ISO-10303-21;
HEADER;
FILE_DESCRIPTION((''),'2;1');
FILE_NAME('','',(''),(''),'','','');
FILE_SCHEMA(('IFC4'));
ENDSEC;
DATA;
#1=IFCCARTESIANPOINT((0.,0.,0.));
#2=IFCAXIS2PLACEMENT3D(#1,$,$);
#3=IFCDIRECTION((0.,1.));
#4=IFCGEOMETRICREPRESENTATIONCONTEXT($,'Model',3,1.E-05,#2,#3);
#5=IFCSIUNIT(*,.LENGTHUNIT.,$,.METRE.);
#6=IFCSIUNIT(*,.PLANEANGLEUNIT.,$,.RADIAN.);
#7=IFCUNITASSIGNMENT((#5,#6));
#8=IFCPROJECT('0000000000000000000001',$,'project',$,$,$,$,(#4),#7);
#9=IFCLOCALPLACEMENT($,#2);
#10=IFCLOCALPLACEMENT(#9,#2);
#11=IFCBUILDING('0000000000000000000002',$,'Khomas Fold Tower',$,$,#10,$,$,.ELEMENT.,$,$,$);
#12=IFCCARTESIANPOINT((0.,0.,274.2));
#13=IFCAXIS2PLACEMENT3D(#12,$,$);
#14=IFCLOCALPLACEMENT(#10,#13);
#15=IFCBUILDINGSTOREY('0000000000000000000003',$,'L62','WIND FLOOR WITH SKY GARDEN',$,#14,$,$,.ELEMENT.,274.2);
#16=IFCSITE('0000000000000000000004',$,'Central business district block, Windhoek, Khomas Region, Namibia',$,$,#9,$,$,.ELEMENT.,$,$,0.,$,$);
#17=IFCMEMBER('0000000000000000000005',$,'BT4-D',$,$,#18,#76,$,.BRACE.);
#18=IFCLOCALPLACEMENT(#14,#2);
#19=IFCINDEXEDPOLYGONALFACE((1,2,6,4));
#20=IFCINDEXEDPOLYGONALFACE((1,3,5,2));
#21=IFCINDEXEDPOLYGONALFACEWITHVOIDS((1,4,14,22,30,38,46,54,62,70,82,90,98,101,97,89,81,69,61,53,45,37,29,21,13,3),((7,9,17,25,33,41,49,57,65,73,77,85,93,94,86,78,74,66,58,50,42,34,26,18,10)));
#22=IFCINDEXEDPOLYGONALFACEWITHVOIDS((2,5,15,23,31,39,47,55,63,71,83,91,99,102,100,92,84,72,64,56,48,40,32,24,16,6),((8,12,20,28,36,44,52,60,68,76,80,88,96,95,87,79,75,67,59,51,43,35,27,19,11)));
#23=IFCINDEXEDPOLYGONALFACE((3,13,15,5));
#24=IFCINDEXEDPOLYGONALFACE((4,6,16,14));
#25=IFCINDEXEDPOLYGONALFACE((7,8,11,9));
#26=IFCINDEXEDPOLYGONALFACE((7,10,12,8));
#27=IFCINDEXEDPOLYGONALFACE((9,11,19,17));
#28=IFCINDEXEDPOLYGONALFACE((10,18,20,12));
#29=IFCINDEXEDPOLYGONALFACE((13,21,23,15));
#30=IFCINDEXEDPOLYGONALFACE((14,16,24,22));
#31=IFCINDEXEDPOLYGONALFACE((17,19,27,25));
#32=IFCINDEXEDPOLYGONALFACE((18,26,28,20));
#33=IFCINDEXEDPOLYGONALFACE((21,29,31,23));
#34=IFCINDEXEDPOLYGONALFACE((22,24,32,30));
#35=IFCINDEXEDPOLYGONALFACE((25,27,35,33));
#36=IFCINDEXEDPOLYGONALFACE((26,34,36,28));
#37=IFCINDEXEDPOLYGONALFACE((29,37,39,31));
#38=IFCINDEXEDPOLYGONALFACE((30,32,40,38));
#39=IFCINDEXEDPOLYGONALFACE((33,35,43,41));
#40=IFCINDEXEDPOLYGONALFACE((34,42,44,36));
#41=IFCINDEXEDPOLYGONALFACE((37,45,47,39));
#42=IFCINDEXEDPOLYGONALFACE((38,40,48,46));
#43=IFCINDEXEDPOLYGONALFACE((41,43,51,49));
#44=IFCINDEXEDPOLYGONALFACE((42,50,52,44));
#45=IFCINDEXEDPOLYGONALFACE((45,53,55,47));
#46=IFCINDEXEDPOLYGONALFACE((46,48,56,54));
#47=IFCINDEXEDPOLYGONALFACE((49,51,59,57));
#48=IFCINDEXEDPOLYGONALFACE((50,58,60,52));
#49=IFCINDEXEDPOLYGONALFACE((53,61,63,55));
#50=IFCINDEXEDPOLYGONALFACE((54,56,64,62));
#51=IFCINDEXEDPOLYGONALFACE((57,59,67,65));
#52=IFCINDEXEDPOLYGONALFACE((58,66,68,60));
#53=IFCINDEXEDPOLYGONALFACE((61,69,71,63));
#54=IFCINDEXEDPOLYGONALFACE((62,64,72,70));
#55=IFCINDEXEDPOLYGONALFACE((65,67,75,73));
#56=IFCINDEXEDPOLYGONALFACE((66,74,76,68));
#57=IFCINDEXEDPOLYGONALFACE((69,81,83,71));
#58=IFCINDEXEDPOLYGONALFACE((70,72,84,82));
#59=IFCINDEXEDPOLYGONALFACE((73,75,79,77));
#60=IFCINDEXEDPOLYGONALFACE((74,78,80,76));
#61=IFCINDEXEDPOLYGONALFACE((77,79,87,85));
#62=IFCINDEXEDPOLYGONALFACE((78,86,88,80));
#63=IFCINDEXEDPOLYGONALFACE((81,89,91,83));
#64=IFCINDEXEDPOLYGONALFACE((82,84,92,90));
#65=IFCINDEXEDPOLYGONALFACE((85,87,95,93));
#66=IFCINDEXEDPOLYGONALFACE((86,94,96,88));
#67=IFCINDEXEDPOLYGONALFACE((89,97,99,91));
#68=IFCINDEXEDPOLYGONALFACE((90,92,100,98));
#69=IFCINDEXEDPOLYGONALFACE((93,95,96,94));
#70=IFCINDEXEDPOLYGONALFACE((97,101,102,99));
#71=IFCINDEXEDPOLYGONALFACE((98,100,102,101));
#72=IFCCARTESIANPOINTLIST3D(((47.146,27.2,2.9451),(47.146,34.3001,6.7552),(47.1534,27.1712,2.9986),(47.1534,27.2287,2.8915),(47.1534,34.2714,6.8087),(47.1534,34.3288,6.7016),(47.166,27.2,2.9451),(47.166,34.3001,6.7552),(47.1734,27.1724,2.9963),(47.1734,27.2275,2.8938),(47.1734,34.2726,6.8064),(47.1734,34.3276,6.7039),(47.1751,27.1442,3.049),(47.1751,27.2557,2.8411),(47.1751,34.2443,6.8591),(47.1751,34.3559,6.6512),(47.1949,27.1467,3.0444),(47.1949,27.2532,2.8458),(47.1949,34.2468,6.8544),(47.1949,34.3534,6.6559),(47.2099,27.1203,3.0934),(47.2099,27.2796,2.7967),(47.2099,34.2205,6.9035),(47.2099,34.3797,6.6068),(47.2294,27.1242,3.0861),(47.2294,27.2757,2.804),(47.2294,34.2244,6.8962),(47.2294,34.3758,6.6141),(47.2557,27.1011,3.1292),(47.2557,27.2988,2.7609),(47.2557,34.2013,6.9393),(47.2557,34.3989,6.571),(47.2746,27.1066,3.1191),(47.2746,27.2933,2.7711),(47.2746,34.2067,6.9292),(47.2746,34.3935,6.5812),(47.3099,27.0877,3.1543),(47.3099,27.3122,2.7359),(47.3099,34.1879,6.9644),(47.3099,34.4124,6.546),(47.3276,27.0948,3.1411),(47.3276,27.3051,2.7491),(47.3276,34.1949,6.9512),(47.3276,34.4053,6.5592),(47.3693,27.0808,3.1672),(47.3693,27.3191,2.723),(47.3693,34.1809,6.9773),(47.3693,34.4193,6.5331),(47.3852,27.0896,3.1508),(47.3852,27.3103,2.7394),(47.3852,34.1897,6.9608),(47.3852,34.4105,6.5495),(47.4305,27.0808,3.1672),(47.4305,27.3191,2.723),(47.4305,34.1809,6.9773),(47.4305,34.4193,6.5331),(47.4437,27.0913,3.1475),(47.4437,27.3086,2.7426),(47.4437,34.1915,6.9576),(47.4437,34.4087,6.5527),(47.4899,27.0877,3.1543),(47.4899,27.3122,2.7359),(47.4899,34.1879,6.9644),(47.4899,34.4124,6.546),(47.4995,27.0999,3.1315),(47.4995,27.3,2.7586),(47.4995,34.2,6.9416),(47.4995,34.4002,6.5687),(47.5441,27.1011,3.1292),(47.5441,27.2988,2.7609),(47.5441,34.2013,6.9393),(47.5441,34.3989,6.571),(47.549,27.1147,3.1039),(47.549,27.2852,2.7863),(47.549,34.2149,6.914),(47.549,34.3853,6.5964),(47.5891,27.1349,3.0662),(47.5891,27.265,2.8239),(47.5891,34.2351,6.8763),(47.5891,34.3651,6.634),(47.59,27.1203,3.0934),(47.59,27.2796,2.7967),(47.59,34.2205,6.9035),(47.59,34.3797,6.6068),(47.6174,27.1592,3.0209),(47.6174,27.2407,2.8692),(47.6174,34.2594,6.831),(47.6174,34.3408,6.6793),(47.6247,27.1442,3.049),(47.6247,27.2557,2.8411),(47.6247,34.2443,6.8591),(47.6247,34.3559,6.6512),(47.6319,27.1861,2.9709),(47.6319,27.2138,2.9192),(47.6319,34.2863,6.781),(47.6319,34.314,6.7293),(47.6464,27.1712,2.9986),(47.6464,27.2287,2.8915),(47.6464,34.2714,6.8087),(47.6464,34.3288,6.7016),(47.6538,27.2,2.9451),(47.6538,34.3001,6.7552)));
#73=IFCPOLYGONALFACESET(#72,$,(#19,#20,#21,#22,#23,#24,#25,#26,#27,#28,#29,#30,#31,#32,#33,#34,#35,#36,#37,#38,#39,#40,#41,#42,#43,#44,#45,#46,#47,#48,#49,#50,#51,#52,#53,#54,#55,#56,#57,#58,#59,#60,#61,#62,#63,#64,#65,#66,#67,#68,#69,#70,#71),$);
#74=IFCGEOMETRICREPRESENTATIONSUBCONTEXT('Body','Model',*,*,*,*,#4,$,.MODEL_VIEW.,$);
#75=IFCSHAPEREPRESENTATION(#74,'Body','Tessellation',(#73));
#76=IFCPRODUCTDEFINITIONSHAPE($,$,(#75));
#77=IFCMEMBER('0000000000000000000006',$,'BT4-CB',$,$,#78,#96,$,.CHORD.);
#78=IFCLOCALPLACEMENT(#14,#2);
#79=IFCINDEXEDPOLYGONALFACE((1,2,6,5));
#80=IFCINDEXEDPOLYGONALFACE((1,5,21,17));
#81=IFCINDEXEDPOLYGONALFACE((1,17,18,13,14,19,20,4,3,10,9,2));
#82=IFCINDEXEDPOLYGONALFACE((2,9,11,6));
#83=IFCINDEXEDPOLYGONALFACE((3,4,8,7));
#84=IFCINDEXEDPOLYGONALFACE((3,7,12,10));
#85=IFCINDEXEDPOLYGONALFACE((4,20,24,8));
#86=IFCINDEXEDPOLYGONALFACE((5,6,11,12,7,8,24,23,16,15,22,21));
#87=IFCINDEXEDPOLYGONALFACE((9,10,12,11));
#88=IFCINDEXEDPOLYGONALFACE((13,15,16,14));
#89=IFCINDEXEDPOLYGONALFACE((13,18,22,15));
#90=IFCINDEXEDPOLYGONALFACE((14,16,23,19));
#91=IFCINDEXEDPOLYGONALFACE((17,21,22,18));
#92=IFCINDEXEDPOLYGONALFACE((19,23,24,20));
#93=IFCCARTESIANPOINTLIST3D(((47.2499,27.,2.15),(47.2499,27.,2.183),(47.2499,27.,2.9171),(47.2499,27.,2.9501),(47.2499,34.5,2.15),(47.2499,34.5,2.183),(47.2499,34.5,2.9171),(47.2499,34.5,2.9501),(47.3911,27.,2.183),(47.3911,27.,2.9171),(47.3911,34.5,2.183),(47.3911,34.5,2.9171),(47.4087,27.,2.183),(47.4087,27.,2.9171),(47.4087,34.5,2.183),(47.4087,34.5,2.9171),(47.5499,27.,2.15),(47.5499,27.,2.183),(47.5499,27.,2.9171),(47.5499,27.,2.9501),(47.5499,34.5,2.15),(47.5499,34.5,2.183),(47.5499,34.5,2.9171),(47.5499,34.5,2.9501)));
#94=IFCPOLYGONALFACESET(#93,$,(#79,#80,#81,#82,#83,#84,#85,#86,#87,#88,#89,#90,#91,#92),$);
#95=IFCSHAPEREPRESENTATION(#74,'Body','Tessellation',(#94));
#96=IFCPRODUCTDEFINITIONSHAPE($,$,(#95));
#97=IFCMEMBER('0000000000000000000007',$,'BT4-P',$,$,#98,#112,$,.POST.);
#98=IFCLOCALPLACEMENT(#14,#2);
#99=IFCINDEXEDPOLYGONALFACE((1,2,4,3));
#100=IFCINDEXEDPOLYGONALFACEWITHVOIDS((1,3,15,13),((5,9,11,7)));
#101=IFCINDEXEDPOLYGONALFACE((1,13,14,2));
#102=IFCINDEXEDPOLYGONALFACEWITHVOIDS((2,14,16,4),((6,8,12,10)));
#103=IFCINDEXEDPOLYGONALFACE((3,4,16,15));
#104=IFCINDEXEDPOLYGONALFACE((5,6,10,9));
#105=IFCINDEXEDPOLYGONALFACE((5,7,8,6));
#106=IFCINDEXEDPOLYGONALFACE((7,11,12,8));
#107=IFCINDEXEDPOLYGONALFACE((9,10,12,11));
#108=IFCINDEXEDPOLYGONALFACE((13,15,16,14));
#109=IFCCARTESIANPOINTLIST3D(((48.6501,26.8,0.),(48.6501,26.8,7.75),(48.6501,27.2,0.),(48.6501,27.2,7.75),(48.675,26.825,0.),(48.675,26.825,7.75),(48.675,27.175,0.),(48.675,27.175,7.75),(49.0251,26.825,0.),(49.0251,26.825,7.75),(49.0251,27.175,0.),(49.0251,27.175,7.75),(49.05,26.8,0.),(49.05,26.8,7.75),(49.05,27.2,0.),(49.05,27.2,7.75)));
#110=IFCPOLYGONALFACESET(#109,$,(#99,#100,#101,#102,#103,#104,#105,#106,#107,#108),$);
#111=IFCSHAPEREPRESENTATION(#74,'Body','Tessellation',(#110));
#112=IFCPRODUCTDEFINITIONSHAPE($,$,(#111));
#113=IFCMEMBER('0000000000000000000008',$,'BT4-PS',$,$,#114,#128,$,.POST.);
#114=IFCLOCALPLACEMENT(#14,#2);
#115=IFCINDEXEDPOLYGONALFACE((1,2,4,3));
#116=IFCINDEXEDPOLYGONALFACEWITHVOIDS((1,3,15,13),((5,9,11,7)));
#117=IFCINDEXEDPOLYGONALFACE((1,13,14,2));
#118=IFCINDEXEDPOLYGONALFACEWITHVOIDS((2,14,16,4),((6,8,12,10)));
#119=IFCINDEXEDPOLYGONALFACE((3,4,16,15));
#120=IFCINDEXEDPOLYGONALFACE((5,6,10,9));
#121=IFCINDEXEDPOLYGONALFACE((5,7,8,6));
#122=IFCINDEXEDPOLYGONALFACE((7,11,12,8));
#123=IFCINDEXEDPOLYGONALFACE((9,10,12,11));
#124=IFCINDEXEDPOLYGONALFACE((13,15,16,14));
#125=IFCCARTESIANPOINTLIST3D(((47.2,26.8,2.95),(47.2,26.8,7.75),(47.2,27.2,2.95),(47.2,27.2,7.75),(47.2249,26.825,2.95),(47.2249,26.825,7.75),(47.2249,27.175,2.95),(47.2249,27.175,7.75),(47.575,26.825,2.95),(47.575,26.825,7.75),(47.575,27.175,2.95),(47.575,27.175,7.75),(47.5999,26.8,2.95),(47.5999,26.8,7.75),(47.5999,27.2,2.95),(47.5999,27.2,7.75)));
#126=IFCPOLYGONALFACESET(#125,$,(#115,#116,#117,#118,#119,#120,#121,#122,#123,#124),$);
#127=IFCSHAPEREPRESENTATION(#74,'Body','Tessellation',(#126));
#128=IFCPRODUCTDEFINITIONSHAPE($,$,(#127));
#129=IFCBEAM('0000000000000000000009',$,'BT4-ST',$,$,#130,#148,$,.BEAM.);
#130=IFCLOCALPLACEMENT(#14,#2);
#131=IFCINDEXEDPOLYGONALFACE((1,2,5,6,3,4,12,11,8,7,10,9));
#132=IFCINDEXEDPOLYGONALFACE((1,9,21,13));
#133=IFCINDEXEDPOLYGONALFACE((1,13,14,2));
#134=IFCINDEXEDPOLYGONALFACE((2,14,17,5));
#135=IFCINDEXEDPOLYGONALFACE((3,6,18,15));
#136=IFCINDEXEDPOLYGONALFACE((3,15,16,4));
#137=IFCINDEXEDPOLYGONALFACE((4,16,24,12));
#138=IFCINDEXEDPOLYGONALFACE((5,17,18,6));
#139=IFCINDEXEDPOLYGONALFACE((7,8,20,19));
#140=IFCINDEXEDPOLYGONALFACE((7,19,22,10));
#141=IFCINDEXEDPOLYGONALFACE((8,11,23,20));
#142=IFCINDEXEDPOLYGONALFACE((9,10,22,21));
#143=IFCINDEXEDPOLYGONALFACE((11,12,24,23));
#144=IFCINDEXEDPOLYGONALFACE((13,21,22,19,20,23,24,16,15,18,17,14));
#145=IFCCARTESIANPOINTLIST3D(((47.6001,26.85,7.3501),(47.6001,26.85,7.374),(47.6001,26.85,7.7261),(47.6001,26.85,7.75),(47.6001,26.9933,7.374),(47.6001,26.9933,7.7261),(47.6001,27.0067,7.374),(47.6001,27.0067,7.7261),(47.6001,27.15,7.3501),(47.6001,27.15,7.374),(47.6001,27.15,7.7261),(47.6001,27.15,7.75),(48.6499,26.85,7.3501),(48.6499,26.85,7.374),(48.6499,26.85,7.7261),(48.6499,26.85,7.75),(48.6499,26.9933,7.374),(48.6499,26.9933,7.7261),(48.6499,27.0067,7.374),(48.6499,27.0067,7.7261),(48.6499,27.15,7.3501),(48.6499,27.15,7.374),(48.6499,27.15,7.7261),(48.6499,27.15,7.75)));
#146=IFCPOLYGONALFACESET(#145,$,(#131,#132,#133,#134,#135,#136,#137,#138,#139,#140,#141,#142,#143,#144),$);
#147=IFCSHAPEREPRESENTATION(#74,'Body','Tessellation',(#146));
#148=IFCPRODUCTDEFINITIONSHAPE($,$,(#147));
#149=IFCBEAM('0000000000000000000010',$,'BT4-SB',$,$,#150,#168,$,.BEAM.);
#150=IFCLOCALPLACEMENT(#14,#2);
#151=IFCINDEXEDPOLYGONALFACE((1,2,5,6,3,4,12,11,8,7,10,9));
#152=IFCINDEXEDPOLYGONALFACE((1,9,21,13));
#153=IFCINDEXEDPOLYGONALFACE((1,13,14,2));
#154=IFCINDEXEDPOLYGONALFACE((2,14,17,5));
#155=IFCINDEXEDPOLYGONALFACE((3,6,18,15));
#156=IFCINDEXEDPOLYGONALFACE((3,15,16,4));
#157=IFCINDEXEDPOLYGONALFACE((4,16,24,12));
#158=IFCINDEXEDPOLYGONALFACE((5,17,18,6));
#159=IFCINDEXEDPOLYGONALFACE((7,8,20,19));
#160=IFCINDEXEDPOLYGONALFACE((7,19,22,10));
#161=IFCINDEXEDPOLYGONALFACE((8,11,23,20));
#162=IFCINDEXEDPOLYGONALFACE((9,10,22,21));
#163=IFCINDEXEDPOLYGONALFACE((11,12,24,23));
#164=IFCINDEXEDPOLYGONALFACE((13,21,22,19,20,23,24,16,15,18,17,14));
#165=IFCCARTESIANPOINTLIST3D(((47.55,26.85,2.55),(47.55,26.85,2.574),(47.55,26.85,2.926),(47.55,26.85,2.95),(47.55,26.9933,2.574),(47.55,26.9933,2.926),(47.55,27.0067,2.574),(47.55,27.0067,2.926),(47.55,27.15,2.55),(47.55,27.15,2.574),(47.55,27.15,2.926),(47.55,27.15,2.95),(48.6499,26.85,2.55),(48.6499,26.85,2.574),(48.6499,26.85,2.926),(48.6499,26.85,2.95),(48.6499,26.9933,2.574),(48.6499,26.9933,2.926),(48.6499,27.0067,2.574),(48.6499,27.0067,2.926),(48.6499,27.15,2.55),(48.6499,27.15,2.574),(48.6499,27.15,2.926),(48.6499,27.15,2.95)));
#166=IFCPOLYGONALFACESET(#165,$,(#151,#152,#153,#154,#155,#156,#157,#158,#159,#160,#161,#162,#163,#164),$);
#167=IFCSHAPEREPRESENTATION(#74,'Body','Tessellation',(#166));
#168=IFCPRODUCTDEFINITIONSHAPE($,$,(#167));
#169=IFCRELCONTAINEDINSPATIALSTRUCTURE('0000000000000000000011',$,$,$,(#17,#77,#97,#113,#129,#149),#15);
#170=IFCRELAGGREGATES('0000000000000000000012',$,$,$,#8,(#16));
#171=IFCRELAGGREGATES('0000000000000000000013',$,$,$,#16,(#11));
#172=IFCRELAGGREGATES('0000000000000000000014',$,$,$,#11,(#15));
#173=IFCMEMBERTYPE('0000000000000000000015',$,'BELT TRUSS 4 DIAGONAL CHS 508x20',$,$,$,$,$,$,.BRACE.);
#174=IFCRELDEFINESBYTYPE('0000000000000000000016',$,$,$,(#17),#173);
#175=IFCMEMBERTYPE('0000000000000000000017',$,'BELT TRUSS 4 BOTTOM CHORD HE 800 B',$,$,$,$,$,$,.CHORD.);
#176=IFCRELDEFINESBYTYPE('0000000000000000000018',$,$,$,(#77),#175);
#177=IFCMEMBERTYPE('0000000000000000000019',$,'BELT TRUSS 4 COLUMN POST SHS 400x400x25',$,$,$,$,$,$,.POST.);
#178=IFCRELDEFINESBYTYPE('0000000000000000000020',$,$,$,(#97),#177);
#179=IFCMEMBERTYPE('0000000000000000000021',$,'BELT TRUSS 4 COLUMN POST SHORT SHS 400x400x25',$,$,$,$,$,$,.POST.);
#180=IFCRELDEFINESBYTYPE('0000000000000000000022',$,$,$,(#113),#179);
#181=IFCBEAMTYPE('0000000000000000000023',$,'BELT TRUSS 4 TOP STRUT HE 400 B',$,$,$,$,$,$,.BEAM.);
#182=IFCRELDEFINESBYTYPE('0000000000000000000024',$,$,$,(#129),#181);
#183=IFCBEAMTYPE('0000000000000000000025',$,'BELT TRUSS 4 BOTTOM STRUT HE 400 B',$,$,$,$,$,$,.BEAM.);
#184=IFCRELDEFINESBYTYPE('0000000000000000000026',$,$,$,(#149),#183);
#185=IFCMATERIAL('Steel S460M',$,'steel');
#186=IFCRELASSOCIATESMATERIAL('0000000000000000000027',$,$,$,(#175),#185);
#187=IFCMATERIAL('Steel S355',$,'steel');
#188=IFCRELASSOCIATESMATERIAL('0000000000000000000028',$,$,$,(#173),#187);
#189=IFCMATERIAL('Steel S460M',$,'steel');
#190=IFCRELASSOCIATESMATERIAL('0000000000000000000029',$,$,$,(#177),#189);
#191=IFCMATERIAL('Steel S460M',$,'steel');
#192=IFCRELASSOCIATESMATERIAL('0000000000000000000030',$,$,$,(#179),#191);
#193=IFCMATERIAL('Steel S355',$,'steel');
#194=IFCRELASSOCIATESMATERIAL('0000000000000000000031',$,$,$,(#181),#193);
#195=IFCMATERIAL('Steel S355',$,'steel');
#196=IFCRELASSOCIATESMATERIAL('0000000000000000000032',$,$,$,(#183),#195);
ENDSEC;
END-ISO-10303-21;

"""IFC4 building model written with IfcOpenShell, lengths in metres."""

from ifc_helpers import new_model, si_unit, direction, frame, origin, origin_2d, place, context, subcontext, project, spatial, hollow_rectangle, hollow_circle, i_section, extrude, source, transform, mapped, material, material_profile, profile_set, type_object, element, save


model = new_model("IFC4")

# Units and contexts
model_context = context("Model", 3, precision=1e-05, world=origin(), true_north=direction((0.0, 1.0)))
body_context = subcontext(model_context, "Body", "Model", "MODEL_VIEW")
ifc_project = project(units=[si_unit("LENGTHUNIT", "METRE"), si_unit("PLANEANGLEUNIT", "RADIAN")], contexts=[model_context])

# Site, building, storey
site_placement = place(None, origin())
site = spatial("IfcSite", under=ifc_project, at=site_placement, Name="Central business district block, Windhoek, Khomas Region, Namibia", CompositionType="ELEMENT", RefElevation=0.0)
building_placement = place(site_placement, origin())
building = spatial("IfcBuilding", under=site, at=building_placement, Name="Khomas Fold Tower", CompositionType="ELEMENT")
storey_placement = place(building_placement, frame((0.0, 0.0, 274.2)))
storey = spatial("IfcBuildingStorey", under=building, at=storey_placement, Name="L62", Description="WIND FLOOR WITH SKY GARDEN", CompositionType="ELEMENT", Elevation=274.2)

# Members
ifc_material_1 = material(Name="Steel S460M", Category="steel")
ifc_material_profile_1 = material_profile(ifc_material_1, i_section(OverallWidth=0.3, OverallDepth=0.8, WebThickness=0.0176, FlangeThickness=0.033, at=origin_2d()), Name="HE 800 B")
ifc_profile_set_1 = profile_set([ifc_material_profile_1], Name="Steel S460M")
member_type_1 = type_object("IfcMemberType", Name="BELT TRUSS 4 BOTTOM CHORD HE 800 B", PredefinedType="CHORD", material=ifc_profile_set_1)
ifc_material_2 = material(Name="Steel S355", Category="steel")
ifc_material_profile_2 = material_profile(ifc_material_2, hollow_circle(Radius=0.2539, WallThickness=0.02, at=origin_2d()), Name="CHS 508x20")
ifc_profile_set_2 = profile_set([ifc_material_profile_2], Name="Steel S355")
member_type_2 = type_object("IfcMemberType", Name="BELT TRUSS 4 DIAGONAL CHS 508x20", PredefinedType="BRACE", material=ifc_profile_set_2)
shared_shape_1 = source(origin(), body_context, "Body", "SweptSolid", [
    extrude(hollow_circle(Radius=0.2539, WallThickness=0.02, at=origin_2d()), origin(), (0.0, 0.0, 1.0), 8.0579),
])
for number, where, z_axis, x_axis, name in (
    (1, (47.3999, 27.2, 2.9451), (0.0, 0.881147, 0.472842), (-1.0, 0.0, 0.0), "BT4-D"),
):
    element("IfcMember", number, at=place(storey_placement, frame(where, z_axis=z_axis, x_axis=x_axis)), inside=storey, type_object=member_type_2, Name=name, PredefinedType="BRACE", context=body_context, shape_type="MappedRepresentation", body=[
        mapped(shared_shape_1, transform((0.0, 0.0, 0.0))),
    ])
shared_shape_2 = source(origin(), body_context, "Body", "SweptSolid", [
    extrude(i_section(OverallWidth=0.3, OverallDepth=0.8, WebThickness=0.0176, FlangeThickness=0.033, at=origin_2d()), origin(), (0.0, 0.0, 1.0), 7.5),
])
member_1_placement = place(storey_placement, frame((47.3999, 27.0, 2.55), z_axis=(0.0, 1.0, 0.0), x_axis=(-1.0, 0.0, 0.0)))
element("IfcMember", 2, at=member_1_placement, inside=storey, type_object=member_type_1, Name="BT4-CB", PredefinedType="CHORD", context=body_context, shape_type="MappedRepresentation", body=[
    mapped(shared_shape_2, transform((0.0, 0.0, 0.0))),
])
ifc_material_3 = material(Name="Steel S460M", Category="steel")
ifc_material_profile_3 = material_profile(ifc_material_3, hollow_rectangle(XDim=0.3999, YDim=0.3999, WallThickness=0.0249, at=origin_2d()), Name="SHS 400x400x25")
ifc_profile_set_3 = profile_set([ifc_material_profile_3], Name="Steel S460M")
member_type_3 = type_object("IfcMemberType", Name="BELT TRUSS 4 COLUMN POST SHS 400x400x25", PredefinedType="POST", material=ifc_profile_set_3)
shared_shape_3 = source(origin(), body_context, "Body", "SweptSolid", [
    extrude(hollow_rectangle(XDim=0.3999, YDim=0.3999, WallThickness=0.0249, at=origin_2d()), origin(), (0.0, 0.0, 1.0), 7.75),
])
member_2_placement = place(storey_placement, frame((48.8501, 27.0, 0.0), z_axis=(0.0, 0.0, 1.0), x_axis=(1.0, 0.0, 0.0)))
element("IfcMember", 3, at=member_2_placement, inside=storey, type_object=member_type_3, Name="BT4-P", PredefinedType="POST", context=body_context, shape_type="MappedRepresentation", body=[
    mapped(shared_shape_3, transform((0.0, 0.0, 0.0))),
])
ifc_material_4 = material(Name="Steel S460M", Category="steel")
ifc_material_profile_4 = material_profile(ifc_material_4, hollow_rectangle(XDim=0.3999, YDim=0.3999, WallThickness=0.0249, at=origin_2d()), Name="SHS 400x400x25")
ifc_profile_set_4 = profile_set([ifc_material_profile_4], Name="Steel S460M")
member_type_4 = type_object("IfcMemberType", Name="BELT TRUSS 4 COLUMN POST SHORT SHS 400x400x25", PredefinedType="POST", material=ifc_profile_set_4)
shared_shape_4 = source(origin(), body_context, "Body", "SweptSolid", [
    extrude(hollow_rectangle(XDim=0.3999, YDim=0.3999, WallThickness=0.0249, at=origin_2d()), origin(), (0.0, 0.0, 1.0), 4.8),
])
member_3_placement = place(storey_placement, frame((47.3999, 27.0, 2.95), z_axis=(0.0, 0.0, 1.0), x_axis=(1.0, 0.0, 0.0)))
element("IfcMember", 4, at=member_3_placement, inside=storey, type_object=member_type_4, Name="BT4-PS", PredefinedType="POST", context=body_context, shape_type="MappedRepresentation", body=[
    mapped(shared_shape_4, transform((0.0, 0.0, 0.0))),
])

# Beams
ifc_material_5 = material(Name="Steel S355", Category="steel")
ifc_material_profile_5 = material_profile(ifc_material_5, i_section(OverallWidth=0.3, OverallDepth=0.3999, WebThickness=0.0134, FlangeThickness=0.0239, at=origin_2d()), Name="HE 400 B")
ifc_profile_set_5 = profile_set([ifc_material_profile_5], Name="Steel S355")
beam_type_1 = type_object("IfcBeamType", Name="BELT TRUSS 4 TOP STRUT HE 400 B", PredefinedType="BEAM", material=ifc_profile_set_5)
shared_shape_5 = source(origin(), body_context, "Body", "SweptSolid", [
    extrude(i_section(OverallWidth=0.3, OverallDepth=0.3999, WebThickness=0.0134, FlangeThickness=0.0239, at=origin_2d()), origin(), (0.0, 0.0, 1.0), 1.0498),
])
beam_1_placement = place(storey_placement, frame((47.6001, 27.0, 7.55), z_axis=(1.0, 0.0, 0.0), x_axis=(0.0, 1.0, 0.0)))
element("IfcBeam", 5, at=beam_1_placement, inside=storey, type_object=beam_type_1, Name="BT4-ST", PredefinedType="BEAM", context=body_context, shape_type="MappedRepresentation", body=[
    mapped(shared_shape_5, transform((0.0, 0.0, 0.0))),
])
ifc_material_6 = material(Name="Steel S355", Category="steel")
ifc_material_profile_6 = material_profile(ifc_material_6, i_section(OverallWidth=0.3, OverallDepth=0.3999, WebThickness=0.0134, FlangeThickness=0.0239, at=origin_2d()), Name="HE 400 B")
ifc_profile_set_6 = profile_set([ifc_material_profile_6], Name="Steel S355")
beam_type_2 = type_object("IfcBeamType", Name="BELT TRUSS 4 BOTTOM STRUT HE 400 B", PredefinedType="BEAM", material=ifc_profile_set_6)
shared_shape_6 = source(origin(), body_context, "Body", "SweptSolid", [
    extrude(i_section(OverallWidth=0.3, OverallDepth=0.3999, WebThickness=0.0134, FlangeThickness=0.0239, at=origin_2d()), origin(), (0.0, 0.0, 1.0), 1.0999),
])
beam_2_placement = place(storey_placement, frame((47.55, 27.0, 2.75), z_axis=(1.0, 0.0, 0.0), x_axis=(0.0, 1.0, 0.0)))
element("IfcBeam", 6, at=beam_2_placement, inside=storey, type_object=beam_type_2, Name="BT4-SB", PredefinedType="BEAM", context=body_context, shape_type="MappedRepresentation", body=[
    mapped(shared_shape_6, transform((0.0, 0.0, 0.0))),
])

save(model, "model.ifc")
